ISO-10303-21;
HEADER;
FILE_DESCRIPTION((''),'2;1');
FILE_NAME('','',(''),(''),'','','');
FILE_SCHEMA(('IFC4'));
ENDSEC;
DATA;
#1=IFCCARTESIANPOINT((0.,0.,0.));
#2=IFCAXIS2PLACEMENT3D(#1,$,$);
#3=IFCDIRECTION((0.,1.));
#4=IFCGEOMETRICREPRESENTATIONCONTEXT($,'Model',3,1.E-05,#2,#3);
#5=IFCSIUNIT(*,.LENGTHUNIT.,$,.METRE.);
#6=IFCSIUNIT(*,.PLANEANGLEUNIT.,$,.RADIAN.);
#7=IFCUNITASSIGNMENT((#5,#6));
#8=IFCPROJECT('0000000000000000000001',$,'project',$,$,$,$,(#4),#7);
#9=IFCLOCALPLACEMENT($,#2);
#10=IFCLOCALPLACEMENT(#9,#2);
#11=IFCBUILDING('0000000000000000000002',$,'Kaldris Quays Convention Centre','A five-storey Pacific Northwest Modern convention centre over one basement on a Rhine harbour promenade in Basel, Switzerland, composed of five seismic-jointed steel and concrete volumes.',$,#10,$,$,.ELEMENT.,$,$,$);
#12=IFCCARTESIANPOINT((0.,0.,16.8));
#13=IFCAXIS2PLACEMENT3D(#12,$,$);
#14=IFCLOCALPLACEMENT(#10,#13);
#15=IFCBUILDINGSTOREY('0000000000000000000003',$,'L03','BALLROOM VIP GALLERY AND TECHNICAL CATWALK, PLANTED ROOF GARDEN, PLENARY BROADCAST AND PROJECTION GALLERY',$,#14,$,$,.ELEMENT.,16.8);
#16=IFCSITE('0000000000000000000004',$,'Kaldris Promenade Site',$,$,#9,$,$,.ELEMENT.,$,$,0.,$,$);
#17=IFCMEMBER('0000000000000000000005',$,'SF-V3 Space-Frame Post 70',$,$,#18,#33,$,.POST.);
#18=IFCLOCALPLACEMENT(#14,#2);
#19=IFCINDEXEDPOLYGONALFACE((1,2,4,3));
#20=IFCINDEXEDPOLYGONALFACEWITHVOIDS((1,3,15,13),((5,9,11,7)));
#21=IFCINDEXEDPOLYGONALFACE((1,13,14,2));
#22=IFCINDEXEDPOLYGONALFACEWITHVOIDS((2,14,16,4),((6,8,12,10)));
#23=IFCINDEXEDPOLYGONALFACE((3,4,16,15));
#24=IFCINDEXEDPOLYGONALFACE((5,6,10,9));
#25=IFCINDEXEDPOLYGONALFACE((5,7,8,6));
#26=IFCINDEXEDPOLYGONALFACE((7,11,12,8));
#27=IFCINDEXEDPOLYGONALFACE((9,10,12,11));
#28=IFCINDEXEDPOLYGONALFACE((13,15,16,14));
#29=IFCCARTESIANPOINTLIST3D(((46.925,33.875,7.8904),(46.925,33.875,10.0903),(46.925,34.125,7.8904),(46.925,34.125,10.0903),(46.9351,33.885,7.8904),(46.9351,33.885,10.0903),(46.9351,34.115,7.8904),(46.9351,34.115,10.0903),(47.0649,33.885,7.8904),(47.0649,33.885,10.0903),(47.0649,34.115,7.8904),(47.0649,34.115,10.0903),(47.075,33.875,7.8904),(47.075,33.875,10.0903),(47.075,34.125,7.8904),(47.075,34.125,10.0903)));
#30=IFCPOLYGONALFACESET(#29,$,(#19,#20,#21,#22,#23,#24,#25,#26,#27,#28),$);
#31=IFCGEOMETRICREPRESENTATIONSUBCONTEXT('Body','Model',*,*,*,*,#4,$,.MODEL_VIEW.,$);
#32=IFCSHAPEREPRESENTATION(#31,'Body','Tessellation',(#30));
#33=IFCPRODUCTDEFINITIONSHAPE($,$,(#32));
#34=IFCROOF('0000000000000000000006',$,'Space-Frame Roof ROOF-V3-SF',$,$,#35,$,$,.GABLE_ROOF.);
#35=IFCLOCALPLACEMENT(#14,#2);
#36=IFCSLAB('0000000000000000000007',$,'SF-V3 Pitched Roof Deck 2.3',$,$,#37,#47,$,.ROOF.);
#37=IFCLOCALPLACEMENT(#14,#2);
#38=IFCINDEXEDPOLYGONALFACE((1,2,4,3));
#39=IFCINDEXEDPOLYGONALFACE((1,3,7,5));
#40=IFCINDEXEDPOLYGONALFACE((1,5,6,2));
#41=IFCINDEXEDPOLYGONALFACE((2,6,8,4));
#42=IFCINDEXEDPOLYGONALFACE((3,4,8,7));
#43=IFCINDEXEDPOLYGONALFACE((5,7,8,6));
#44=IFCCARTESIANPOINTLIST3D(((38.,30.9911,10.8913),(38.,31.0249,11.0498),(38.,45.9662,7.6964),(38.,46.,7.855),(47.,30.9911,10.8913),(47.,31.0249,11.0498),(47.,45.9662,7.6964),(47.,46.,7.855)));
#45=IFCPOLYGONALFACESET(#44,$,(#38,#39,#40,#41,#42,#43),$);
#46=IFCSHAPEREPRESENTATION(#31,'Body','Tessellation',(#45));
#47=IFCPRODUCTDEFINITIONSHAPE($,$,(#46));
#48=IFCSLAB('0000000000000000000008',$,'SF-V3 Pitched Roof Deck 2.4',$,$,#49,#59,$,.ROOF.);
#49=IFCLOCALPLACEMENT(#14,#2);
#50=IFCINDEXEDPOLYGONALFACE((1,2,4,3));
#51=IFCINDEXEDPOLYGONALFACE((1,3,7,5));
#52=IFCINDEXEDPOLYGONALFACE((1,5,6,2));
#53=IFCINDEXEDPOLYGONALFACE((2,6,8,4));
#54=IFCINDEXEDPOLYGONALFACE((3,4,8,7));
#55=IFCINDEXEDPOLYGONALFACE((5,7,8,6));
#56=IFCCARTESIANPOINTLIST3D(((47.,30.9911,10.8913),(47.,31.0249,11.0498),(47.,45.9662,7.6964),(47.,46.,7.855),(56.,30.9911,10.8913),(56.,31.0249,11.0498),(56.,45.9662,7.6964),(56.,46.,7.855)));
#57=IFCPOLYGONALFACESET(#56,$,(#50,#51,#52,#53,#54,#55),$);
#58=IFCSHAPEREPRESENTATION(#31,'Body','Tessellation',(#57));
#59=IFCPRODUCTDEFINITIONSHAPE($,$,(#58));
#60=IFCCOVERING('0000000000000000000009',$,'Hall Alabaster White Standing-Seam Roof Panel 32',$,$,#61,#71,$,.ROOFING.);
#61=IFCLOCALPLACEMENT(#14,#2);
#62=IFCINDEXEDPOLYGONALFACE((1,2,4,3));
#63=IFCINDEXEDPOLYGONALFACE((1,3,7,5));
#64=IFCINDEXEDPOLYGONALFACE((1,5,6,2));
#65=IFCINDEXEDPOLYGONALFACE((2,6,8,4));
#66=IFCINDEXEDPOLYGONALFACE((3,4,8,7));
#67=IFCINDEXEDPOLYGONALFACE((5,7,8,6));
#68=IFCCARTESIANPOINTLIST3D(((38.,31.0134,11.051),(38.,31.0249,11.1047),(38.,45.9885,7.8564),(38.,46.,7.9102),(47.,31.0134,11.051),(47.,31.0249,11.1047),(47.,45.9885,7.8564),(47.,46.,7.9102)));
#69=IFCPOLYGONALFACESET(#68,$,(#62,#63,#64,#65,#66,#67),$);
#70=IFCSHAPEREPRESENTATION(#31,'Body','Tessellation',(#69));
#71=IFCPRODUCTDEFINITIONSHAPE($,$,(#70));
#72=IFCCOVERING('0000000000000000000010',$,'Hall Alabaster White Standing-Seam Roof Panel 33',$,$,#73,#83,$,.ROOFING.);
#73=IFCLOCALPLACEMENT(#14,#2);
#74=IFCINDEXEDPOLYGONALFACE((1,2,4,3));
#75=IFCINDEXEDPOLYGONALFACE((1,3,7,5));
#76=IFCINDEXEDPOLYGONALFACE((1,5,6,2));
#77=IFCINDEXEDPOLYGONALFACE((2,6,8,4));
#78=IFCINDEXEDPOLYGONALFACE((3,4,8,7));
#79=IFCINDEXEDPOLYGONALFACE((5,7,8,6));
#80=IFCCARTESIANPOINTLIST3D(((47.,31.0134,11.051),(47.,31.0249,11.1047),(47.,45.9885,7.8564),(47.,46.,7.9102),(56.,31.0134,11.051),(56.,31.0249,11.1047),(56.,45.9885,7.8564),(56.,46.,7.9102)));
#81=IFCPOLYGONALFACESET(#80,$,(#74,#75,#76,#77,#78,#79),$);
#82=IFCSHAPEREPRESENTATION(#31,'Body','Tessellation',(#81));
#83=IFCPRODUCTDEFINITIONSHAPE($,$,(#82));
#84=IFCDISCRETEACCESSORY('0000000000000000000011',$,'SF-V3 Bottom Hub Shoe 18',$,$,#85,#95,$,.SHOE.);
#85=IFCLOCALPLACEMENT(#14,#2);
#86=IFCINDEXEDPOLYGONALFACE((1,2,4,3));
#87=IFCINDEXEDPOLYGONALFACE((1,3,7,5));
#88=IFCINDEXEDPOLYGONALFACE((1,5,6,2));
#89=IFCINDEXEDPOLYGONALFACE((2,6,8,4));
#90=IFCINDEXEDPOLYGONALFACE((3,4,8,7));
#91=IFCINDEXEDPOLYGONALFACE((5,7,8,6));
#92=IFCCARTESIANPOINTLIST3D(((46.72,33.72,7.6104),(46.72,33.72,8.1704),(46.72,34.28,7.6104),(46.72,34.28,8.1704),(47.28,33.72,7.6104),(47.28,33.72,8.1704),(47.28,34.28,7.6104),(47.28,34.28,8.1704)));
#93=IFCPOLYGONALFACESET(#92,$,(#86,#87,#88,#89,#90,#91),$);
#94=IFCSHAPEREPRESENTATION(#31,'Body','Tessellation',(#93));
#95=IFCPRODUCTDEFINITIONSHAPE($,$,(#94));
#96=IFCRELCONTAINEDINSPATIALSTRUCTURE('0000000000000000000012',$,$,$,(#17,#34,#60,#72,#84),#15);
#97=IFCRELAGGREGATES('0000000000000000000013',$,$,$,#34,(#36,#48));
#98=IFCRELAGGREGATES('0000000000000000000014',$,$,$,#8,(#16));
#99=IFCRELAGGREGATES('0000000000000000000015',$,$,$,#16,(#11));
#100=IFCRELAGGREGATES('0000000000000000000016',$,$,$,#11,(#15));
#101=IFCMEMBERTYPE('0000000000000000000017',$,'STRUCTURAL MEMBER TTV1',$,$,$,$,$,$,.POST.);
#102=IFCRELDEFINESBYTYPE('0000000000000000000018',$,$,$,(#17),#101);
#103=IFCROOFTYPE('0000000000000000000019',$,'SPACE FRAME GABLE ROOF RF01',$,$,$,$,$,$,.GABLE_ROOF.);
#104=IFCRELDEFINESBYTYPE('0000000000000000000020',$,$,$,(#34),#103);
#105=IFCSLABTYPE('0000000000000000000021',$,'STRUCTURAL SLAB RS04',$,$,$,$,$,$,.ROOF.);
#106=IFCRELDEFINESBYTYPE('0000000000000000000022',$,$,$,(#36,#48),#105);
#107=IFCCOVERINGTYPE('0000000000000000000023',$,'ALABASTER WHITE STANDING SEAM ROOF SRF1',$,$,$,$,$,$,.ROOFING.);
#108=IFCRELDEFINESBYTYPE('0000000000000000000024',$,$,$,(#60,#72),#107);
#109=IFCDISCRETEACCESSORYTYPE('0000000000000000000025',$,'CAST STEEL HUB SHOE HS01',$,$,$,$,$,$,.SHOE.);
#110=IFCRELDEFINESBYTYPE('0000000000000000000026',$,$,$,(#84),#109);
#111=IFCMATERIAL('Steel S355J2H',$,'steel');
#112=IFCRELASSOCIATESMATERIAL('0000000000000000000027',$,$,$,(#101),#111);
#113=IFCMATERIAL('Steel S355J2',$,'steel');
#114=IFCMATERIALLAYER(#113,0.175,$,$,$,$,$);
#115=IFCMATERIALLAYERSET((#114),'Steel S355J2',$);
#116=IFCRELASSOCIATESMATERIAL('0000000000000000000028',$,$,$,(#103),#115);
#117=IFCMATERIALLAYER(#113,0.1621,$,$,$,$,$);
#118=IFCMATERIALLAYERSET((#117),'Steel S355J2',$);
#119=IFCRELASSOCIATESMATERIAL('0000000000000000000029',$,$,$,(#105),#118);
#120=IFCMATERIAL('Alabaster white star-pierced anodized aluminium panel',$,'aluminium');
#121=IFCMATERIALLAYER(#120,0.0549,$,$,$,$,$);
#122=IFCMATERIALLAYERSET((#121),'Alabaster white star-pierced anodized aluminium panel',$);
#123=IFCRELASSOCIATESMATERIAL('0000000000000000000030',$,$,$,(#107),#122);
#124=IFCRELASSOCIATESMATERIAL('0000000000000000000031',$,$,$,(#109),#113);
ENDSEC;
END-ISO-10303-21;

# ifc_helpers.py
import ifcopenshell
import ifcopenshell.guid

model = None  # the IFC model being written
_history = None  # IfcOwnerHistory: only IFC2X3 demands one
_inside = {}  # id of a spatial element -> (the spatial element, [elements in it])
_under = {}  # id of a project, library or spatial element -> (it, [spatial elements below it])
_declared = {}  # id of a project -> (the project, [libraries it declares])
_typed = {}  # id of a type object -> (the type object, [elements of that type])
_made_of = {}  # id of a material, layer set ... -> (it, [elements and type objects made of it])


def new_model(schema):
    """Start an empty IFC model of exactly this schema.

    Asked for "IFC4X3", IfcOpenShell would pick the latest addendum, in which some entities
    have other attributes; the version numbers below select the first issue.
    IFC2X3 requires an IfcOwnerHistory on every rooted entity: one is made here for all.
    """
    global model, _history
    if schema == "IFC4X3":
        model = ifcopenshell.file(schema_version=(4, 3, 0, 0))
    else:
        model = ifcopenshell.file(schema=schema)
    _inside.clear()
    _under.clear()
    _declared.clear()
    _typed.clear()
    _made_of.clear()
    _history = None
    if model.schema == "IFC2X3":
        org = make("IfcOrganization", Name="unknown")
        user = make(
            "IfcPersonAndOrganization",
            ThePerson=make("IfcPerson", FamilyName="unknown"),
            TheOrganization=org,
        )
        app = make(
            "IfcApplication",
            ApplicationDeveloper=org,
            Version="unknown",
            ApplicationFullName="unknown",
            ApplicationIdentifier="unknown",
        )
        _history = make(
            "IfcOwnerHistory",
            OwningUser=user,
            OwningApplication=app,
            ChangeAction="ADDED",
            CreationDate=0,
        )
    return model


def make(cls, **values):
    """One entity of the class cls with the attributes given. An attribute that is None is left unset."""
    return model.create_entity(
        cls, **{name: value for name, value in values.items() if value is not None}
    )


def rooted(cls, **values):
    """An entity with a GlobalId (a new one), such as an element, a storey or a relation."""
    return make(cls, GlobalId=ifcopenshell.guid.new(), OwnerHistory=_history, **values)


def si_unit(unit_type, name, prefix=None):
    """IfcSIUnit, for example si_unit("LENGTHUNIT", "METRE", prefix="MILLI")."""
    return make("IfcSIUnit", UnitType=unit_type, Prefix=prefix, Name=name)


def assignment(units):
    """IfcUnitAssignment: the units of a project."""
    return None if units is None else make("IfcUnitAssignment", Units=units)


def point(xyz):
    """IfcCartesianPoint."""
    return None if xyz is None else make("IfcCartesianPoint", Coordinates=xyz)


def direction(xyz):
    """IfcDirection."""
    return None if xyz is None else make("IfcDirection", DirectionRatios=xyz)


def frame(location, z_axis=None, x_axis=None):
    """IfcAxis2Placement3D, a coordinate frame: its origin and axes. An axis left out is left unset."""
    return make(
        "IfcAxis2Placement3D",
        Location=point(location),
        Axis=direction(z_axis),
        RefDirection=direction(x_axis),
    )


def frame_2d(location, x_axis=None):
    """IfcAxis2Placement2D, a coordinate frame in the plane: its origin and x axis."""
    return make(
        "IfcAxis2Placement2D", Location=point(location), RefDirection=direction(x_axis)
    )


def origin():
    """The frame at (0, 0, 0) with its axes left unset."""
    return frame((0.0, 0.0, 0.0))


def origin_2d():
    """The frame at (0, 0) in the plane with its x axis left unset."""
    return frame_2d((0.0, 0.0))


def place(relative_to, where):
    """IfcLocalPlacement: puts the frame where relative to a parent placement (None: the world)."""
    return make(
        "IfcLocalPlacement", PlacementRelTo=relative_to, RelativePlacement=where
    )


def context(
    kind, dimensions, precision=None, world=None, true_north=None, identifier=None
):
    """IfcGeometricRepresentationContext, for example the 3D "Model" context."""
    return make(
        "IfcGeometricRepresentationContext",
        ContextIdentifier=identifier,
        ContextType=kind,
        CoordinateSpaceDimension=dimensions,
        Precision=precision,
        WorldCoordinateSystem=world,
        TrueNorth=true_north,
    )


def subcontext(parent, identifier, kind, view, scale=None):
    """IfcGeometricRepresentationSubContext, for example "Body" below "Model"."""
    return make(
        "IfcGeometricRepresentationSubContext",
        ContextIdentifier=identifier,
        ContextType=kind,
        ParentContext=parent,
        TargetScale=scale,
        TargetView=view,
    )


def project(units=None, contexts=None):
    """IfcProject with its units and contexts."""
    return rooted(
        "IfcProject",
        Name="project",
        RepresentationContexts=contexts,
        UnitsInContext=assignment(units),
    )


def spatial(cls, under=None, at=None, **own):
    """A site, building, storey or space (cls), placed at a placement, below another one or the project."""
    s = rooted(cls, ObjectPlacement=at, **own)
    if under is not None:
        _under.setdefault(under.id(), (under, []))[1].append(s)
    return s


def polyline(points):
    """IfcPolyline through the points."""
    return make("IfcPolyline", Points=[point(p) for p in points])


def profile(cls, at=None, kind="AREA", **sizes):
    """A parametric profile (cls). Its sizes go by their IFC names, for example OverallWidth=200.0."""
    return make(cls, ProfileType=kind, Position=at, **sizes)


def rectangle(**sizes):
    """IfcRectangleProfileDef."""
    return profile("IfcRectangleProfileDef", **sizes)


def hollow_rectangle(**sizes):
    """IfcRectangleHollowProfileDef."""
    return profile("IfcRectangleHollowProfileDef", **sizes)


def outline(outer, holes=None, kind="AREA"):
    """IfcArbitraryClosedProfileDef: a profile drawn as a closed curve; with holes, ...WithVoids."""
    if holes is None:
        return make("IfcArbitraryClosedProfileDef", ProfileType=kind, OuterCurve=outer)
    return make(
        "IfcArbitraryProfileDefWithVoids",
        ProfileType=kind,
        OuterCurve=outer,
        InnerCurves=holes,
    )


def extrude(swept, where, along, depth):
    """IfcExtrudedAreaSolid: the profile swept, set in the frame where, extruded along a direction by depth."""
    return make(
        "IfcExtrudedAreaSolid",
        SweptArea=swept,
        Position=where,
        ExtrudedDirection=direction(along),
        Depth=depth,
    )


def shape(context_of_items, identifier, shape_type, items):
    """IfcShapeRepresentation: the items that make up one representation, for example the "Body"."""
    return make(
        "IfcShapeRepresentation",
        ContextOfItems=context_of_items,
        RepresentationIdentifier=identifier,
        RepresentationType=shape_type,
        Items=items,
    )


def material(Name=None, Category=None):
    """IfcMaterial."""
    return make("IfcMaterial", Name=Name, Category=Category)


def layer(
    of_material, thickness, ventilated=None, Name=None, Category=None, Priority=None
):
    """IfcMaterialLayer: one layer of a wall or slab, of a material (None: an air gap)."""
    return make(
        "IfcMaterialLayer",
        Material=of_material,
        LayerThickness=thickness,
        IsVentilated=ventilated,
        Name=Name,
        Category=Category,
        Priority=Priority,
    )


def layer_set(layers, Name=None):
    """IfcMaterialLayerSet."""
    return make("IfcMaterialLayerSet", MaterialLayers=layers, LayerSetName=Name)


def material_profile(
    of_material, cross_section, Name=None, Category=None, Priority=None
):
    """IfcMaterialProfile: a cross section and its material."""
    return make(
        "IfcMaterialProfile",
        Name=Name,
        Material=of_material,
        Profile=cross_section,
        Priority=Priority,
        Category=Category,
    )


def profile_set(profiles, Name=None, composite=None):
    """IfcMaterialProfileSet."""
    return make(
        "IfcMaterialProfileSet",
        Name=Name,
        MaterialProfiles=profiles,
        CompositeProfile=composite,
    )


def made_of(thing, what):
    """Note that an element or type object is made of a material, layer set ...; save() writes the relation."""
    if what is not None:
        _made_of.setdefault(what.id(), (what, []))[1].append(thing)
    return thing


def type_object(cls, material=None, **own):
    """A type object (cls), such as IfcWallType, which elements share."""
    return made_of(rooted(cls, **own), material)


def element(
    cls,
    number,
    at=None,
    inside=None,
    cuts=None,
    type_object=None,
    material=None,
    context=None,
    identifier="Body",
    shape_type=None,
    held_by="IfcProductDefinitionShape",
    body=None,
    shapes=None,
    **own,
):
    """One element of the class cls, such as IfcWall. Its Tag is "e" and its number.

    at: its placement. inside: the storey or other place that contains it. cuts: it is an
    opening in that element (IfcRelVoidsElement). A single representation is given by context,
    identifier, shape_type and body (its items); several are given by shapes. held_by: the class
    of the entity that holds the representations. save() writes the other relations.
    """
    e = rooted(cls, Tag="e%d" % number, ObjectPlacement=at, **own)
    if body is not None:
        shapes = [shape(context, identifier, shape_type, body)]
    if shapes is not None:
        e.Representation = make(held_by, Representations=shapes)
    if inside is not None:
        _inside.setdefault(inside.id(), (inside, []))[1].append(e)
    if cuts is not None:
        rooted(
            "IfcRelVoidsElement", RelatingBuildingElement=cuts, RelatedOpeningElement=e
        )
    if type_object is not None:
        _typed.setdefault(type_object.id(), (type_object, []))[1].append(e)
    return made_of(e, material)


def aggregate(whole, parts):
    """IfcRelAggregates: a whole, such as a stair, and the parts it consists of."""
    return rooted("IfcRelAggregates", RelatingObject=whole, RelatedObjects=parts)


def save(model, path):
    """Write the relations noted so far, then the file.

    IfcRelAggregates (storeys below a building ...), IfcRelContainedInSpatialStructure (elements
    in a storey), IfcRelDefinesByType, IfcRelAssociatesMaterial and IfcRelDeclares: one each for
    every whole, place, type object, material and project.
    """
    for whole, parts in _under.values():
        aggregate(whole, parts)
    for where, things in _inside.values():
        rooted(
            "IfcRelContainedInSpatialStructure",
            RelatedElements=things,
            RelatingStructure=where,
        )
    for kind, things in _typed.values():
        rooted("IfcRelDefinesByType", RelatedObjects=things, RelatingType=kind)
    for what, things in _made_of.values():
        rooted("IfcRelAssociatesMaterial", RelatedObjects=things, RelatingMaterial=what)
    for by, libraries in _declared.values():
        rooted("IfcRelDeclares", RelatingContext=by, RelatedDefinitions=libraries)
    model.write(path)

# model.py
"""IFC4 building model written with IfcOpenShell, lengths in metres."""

from ifc_helpers import new_model, si_unit, direction, frame, origin, origin_2d, place, context, subcontext, project, spatial, polyline, rectangle, hollow_rectangle, outline, extrude, material, layer, layer_set, material_profile, profile_set, type_object, element, aggregate, save


model = new_model("IFC4")

# Units and contexts
model_context = context("Model", 3, precision=1e-05, world=origin(), true_north=direction((0.0, 1.0)))
body_context = subcontext(model_context, "Body", "Model", "MODEL_VIEW")
ifc_project = project(units=[si_unit("LENGTHUNIT", "METRE"), si_unit("PLANEANGLEUNIT", "RADIAN")], contexts=[model_context])

# Site, building, storey
site_placement = place(None, origin())
site = spatial("IfcSite", under=ifc_project, at=site_placement, Name="Kaldris Promenade Site", CompositionType="ELEMENT", RefElevation=0.0)
building_placement = place(site_placement, origin())
building = spatial("IfcBuilding", under=site, at=building_placement, Name="Kaldris Quays Convention Centre", Description="A five-storey Pacific Northwest Modern convention centre over one basement on a Rhine harbour promenade in Basel, Switzerland, composed of five seismic-jointed steel and concrete volumes.", CompositionType="ELEMENT")
storey_placement = place(building_placement, frame((0.0, 0.0, 16.8)))
storey = spatial("IfcBuildingStorey", under=building, at=storey_placement, Name="L03", Description="BALLROOM VIP GALLERY AND TECHNICAL CATWALK, PLANTED ROOF GARDEN, PLENARY BROADCAST AND PROJECTION GALLERY", CompositionType="ELEMENT", Elevation=16.8)

# Member
ifc_material_1 = material(Name="Steel S355J2H", Category="steel")
ifc_material_profile_1 = material_profile(ifc_material_1, hollow_rectangle(XDim=0.1499, YDim=0.25, WallThickness=0.01, at=origin_2d()), Name="RHS 250x150x10")
ifc_profile_set_1 = profile_set([ifc_material_profile_1], Name="Steel S355J2H")
member_type_1 = type_object("IfcMemberType", Name="STRUCTURAL MEMBER TTV1", PredefinedType="POST", material=ifc_profile_set_1)
for number, where, z_axis, x_axis, name in (
    (1, (47.0, 34.0, 7.8904), (0.0, 0.0, 1.0), (1.0, 0.0, 0.0), "SF-V3 Space-Frame Post 70"),
):
    element("IfcMember", number, at=place(storey_placement, frame(where, z_axis=z_axis, x_axis=x_axis)), inside=storey, type_object=member_type_1, Name=name, PredefinedType="POST", context=body_context, shape_type="SweptSolid", body=[
        extrude(hollow_rectangle(XDim=0.1499, YDim=0.25, WallThickness=0.01, at=origin_2d()), origin(), (0.0, 0.0, 1.0), 2.2),
    ])

# Roof, slabs
ifc_material_2 = material(Name="Steel S355J2", Category="steel")
ifc_layer_1 = layer(ifc_material_2, 0.175)
ifc_layer_set_1 = layer_set([ifc_layer_1], Name="Steel S355J2")
roof_type = type_object("IfcRoofType", Name="SPACE FRAME GABLE ROOF RF01", PredefinedType="GABLE_ROOF", material=ifc_layer_set_1)
roof_placement = place(storey_placement, origin())
roof = element("IfcRoof", 2, at=roof_placement, inside=storey, type_object=roof_type, Name="Space-Frame Roof ROOF-V3-SF", PredefinedType="GABLE_ROOF")
ifc_layer_2 = layer(ifc_material_2, 0.1621)
ifc_layer_set_2 = layer_set([ifc_layer_2], Name="Steel S355J2")
slab_type = type_object("IfcSlabType", Name="STRUCTURAL SLAB RS04", PredefinedType="ROOF", material=ifc_layer_set_2)
slab_1_placement = place(storey_placement, frame((38.0, 31.0249, 11.0498), z_axis=(0.0, 0.208647, 0.977991), x_axis=(1.0, 0.0, 0.0)))
slab_1 = element("IfcSlab", 3, at=slab_1_placement, type_object=slab_type, Name="SF-V3 Pitched Roof Deck 2.3", PredefinedType="ROOF", context=body_context, shape_type="SweptSolid", body=[
    extrude(outline(polyline([(0.0, 0.0), (9.0, 0.0), (9.0, 15.3121), (0.0, 15.3121), (0.0, 0.0)])), origin(), (0.0, 0.0, -1.0), 0.1621),
])
slab_2_placement = place(storey_placement, frame((47.0, 31.0249, 11.0498), z_axis=(0.0, 0.208647, 0.977991), x_axis=(1.0, 0.0, 0.0)))
slab_2 = element("IfcSlab", 4, at=slab_2_placement, type_object=slab_type, Name="SF-V3 Pitched Roof Deck 2.4", PredefinedType="ROOF", context=body_context, shape_type="SweptSolid", body=[
    extrude(outline(polyline([(0.0, 0.0), (9.0, 0.0), (9.0, 15.3121), (0.0, 15.3121), (0.0, 0.0)])), origin(), (0.0, 0.0, -1.0), 0.1621),
])
aggregate(roof, [slab_1, slab_2])

# Coverings
ifc_material_3 = material(Name="Alabaster white star-pierced anodized aluminium panel", Category="aluminium")
ifc_layer_3 = layer(ifc_material_3, 0.0549)
ifc_layer_set_3 = layer_set([ifc_layer_3], Name="Alabaster white star-pierced anodized aluminium panel")
covering_type = type_object("IfcCoveringType", Name="ALABASTER WHITE STANDING SEAM ROOF SRF1", PredefinedType="ROOFING", material=ifc_layer_set_3)
for number, where, z_axis, x_axis, name in (
    (5, (38.0, 31.0249, 11.1047), (0.0, 0.208632, 0.977994), (1.0, 0.0, 0.0), "Hall Alabaster White Standing-Seam Roof Panel 32"),
    (6, (47.0, 31.0249, 11.1047), (0.0, 0.208632, 0.977994), (1.0, 0.0, 0.0), "Hall Alabaster White Standing-Seam Roof Panel 33"),
):
    element("IfcCovering", number, at=place(storey_placement, frame(where, z_axis=z_axis, x_axis=x_axis)), inside=storey, type_object=covering_type, Name=name, PredefinedType="ROOFING", context=body_context, shape_type="SweptSolid", body=[
        extrude(outline(polyline([(0.0, 0.0), (9.0, 0.0), (9.0, 15.3121), (0.0, 15.3121), (0.0, 0.0)])), origin(), (0.0, 0.0, -1.0), 0.0549),
    ])

# Discrete accessory
discrete_accessory_type = type_object("IfcDiscreteAccessoryType", Name="CAST STEEL HUB SHOE HS01", PredefinedType="SHOE", material=ifc_material_2)
discrete_accessory_placement = place(storey_placement, frame((47.0, 34.0, 7.6104), z_axis=(0.0, 0.0, 1.0), x_axis=(1.0, 0.0, 0.0)))
element("IfcDiscreteAccessory", 7, at=discrete_accessory_placement, inside=storey, type_object=discrete_accessory_type, Name="SF-V3 Bottom Hub Shoe 18", PredefinedType="SHOE", context=body_context, shape_type="SweptSolid", body=[
    extrude(rectangle(XDim=0.5601, YDim=0.5601, at=origin_2d()), origin(), (0.0, 0.0, 1.0), 0.5601),
])

save(model, "model.ifc")
